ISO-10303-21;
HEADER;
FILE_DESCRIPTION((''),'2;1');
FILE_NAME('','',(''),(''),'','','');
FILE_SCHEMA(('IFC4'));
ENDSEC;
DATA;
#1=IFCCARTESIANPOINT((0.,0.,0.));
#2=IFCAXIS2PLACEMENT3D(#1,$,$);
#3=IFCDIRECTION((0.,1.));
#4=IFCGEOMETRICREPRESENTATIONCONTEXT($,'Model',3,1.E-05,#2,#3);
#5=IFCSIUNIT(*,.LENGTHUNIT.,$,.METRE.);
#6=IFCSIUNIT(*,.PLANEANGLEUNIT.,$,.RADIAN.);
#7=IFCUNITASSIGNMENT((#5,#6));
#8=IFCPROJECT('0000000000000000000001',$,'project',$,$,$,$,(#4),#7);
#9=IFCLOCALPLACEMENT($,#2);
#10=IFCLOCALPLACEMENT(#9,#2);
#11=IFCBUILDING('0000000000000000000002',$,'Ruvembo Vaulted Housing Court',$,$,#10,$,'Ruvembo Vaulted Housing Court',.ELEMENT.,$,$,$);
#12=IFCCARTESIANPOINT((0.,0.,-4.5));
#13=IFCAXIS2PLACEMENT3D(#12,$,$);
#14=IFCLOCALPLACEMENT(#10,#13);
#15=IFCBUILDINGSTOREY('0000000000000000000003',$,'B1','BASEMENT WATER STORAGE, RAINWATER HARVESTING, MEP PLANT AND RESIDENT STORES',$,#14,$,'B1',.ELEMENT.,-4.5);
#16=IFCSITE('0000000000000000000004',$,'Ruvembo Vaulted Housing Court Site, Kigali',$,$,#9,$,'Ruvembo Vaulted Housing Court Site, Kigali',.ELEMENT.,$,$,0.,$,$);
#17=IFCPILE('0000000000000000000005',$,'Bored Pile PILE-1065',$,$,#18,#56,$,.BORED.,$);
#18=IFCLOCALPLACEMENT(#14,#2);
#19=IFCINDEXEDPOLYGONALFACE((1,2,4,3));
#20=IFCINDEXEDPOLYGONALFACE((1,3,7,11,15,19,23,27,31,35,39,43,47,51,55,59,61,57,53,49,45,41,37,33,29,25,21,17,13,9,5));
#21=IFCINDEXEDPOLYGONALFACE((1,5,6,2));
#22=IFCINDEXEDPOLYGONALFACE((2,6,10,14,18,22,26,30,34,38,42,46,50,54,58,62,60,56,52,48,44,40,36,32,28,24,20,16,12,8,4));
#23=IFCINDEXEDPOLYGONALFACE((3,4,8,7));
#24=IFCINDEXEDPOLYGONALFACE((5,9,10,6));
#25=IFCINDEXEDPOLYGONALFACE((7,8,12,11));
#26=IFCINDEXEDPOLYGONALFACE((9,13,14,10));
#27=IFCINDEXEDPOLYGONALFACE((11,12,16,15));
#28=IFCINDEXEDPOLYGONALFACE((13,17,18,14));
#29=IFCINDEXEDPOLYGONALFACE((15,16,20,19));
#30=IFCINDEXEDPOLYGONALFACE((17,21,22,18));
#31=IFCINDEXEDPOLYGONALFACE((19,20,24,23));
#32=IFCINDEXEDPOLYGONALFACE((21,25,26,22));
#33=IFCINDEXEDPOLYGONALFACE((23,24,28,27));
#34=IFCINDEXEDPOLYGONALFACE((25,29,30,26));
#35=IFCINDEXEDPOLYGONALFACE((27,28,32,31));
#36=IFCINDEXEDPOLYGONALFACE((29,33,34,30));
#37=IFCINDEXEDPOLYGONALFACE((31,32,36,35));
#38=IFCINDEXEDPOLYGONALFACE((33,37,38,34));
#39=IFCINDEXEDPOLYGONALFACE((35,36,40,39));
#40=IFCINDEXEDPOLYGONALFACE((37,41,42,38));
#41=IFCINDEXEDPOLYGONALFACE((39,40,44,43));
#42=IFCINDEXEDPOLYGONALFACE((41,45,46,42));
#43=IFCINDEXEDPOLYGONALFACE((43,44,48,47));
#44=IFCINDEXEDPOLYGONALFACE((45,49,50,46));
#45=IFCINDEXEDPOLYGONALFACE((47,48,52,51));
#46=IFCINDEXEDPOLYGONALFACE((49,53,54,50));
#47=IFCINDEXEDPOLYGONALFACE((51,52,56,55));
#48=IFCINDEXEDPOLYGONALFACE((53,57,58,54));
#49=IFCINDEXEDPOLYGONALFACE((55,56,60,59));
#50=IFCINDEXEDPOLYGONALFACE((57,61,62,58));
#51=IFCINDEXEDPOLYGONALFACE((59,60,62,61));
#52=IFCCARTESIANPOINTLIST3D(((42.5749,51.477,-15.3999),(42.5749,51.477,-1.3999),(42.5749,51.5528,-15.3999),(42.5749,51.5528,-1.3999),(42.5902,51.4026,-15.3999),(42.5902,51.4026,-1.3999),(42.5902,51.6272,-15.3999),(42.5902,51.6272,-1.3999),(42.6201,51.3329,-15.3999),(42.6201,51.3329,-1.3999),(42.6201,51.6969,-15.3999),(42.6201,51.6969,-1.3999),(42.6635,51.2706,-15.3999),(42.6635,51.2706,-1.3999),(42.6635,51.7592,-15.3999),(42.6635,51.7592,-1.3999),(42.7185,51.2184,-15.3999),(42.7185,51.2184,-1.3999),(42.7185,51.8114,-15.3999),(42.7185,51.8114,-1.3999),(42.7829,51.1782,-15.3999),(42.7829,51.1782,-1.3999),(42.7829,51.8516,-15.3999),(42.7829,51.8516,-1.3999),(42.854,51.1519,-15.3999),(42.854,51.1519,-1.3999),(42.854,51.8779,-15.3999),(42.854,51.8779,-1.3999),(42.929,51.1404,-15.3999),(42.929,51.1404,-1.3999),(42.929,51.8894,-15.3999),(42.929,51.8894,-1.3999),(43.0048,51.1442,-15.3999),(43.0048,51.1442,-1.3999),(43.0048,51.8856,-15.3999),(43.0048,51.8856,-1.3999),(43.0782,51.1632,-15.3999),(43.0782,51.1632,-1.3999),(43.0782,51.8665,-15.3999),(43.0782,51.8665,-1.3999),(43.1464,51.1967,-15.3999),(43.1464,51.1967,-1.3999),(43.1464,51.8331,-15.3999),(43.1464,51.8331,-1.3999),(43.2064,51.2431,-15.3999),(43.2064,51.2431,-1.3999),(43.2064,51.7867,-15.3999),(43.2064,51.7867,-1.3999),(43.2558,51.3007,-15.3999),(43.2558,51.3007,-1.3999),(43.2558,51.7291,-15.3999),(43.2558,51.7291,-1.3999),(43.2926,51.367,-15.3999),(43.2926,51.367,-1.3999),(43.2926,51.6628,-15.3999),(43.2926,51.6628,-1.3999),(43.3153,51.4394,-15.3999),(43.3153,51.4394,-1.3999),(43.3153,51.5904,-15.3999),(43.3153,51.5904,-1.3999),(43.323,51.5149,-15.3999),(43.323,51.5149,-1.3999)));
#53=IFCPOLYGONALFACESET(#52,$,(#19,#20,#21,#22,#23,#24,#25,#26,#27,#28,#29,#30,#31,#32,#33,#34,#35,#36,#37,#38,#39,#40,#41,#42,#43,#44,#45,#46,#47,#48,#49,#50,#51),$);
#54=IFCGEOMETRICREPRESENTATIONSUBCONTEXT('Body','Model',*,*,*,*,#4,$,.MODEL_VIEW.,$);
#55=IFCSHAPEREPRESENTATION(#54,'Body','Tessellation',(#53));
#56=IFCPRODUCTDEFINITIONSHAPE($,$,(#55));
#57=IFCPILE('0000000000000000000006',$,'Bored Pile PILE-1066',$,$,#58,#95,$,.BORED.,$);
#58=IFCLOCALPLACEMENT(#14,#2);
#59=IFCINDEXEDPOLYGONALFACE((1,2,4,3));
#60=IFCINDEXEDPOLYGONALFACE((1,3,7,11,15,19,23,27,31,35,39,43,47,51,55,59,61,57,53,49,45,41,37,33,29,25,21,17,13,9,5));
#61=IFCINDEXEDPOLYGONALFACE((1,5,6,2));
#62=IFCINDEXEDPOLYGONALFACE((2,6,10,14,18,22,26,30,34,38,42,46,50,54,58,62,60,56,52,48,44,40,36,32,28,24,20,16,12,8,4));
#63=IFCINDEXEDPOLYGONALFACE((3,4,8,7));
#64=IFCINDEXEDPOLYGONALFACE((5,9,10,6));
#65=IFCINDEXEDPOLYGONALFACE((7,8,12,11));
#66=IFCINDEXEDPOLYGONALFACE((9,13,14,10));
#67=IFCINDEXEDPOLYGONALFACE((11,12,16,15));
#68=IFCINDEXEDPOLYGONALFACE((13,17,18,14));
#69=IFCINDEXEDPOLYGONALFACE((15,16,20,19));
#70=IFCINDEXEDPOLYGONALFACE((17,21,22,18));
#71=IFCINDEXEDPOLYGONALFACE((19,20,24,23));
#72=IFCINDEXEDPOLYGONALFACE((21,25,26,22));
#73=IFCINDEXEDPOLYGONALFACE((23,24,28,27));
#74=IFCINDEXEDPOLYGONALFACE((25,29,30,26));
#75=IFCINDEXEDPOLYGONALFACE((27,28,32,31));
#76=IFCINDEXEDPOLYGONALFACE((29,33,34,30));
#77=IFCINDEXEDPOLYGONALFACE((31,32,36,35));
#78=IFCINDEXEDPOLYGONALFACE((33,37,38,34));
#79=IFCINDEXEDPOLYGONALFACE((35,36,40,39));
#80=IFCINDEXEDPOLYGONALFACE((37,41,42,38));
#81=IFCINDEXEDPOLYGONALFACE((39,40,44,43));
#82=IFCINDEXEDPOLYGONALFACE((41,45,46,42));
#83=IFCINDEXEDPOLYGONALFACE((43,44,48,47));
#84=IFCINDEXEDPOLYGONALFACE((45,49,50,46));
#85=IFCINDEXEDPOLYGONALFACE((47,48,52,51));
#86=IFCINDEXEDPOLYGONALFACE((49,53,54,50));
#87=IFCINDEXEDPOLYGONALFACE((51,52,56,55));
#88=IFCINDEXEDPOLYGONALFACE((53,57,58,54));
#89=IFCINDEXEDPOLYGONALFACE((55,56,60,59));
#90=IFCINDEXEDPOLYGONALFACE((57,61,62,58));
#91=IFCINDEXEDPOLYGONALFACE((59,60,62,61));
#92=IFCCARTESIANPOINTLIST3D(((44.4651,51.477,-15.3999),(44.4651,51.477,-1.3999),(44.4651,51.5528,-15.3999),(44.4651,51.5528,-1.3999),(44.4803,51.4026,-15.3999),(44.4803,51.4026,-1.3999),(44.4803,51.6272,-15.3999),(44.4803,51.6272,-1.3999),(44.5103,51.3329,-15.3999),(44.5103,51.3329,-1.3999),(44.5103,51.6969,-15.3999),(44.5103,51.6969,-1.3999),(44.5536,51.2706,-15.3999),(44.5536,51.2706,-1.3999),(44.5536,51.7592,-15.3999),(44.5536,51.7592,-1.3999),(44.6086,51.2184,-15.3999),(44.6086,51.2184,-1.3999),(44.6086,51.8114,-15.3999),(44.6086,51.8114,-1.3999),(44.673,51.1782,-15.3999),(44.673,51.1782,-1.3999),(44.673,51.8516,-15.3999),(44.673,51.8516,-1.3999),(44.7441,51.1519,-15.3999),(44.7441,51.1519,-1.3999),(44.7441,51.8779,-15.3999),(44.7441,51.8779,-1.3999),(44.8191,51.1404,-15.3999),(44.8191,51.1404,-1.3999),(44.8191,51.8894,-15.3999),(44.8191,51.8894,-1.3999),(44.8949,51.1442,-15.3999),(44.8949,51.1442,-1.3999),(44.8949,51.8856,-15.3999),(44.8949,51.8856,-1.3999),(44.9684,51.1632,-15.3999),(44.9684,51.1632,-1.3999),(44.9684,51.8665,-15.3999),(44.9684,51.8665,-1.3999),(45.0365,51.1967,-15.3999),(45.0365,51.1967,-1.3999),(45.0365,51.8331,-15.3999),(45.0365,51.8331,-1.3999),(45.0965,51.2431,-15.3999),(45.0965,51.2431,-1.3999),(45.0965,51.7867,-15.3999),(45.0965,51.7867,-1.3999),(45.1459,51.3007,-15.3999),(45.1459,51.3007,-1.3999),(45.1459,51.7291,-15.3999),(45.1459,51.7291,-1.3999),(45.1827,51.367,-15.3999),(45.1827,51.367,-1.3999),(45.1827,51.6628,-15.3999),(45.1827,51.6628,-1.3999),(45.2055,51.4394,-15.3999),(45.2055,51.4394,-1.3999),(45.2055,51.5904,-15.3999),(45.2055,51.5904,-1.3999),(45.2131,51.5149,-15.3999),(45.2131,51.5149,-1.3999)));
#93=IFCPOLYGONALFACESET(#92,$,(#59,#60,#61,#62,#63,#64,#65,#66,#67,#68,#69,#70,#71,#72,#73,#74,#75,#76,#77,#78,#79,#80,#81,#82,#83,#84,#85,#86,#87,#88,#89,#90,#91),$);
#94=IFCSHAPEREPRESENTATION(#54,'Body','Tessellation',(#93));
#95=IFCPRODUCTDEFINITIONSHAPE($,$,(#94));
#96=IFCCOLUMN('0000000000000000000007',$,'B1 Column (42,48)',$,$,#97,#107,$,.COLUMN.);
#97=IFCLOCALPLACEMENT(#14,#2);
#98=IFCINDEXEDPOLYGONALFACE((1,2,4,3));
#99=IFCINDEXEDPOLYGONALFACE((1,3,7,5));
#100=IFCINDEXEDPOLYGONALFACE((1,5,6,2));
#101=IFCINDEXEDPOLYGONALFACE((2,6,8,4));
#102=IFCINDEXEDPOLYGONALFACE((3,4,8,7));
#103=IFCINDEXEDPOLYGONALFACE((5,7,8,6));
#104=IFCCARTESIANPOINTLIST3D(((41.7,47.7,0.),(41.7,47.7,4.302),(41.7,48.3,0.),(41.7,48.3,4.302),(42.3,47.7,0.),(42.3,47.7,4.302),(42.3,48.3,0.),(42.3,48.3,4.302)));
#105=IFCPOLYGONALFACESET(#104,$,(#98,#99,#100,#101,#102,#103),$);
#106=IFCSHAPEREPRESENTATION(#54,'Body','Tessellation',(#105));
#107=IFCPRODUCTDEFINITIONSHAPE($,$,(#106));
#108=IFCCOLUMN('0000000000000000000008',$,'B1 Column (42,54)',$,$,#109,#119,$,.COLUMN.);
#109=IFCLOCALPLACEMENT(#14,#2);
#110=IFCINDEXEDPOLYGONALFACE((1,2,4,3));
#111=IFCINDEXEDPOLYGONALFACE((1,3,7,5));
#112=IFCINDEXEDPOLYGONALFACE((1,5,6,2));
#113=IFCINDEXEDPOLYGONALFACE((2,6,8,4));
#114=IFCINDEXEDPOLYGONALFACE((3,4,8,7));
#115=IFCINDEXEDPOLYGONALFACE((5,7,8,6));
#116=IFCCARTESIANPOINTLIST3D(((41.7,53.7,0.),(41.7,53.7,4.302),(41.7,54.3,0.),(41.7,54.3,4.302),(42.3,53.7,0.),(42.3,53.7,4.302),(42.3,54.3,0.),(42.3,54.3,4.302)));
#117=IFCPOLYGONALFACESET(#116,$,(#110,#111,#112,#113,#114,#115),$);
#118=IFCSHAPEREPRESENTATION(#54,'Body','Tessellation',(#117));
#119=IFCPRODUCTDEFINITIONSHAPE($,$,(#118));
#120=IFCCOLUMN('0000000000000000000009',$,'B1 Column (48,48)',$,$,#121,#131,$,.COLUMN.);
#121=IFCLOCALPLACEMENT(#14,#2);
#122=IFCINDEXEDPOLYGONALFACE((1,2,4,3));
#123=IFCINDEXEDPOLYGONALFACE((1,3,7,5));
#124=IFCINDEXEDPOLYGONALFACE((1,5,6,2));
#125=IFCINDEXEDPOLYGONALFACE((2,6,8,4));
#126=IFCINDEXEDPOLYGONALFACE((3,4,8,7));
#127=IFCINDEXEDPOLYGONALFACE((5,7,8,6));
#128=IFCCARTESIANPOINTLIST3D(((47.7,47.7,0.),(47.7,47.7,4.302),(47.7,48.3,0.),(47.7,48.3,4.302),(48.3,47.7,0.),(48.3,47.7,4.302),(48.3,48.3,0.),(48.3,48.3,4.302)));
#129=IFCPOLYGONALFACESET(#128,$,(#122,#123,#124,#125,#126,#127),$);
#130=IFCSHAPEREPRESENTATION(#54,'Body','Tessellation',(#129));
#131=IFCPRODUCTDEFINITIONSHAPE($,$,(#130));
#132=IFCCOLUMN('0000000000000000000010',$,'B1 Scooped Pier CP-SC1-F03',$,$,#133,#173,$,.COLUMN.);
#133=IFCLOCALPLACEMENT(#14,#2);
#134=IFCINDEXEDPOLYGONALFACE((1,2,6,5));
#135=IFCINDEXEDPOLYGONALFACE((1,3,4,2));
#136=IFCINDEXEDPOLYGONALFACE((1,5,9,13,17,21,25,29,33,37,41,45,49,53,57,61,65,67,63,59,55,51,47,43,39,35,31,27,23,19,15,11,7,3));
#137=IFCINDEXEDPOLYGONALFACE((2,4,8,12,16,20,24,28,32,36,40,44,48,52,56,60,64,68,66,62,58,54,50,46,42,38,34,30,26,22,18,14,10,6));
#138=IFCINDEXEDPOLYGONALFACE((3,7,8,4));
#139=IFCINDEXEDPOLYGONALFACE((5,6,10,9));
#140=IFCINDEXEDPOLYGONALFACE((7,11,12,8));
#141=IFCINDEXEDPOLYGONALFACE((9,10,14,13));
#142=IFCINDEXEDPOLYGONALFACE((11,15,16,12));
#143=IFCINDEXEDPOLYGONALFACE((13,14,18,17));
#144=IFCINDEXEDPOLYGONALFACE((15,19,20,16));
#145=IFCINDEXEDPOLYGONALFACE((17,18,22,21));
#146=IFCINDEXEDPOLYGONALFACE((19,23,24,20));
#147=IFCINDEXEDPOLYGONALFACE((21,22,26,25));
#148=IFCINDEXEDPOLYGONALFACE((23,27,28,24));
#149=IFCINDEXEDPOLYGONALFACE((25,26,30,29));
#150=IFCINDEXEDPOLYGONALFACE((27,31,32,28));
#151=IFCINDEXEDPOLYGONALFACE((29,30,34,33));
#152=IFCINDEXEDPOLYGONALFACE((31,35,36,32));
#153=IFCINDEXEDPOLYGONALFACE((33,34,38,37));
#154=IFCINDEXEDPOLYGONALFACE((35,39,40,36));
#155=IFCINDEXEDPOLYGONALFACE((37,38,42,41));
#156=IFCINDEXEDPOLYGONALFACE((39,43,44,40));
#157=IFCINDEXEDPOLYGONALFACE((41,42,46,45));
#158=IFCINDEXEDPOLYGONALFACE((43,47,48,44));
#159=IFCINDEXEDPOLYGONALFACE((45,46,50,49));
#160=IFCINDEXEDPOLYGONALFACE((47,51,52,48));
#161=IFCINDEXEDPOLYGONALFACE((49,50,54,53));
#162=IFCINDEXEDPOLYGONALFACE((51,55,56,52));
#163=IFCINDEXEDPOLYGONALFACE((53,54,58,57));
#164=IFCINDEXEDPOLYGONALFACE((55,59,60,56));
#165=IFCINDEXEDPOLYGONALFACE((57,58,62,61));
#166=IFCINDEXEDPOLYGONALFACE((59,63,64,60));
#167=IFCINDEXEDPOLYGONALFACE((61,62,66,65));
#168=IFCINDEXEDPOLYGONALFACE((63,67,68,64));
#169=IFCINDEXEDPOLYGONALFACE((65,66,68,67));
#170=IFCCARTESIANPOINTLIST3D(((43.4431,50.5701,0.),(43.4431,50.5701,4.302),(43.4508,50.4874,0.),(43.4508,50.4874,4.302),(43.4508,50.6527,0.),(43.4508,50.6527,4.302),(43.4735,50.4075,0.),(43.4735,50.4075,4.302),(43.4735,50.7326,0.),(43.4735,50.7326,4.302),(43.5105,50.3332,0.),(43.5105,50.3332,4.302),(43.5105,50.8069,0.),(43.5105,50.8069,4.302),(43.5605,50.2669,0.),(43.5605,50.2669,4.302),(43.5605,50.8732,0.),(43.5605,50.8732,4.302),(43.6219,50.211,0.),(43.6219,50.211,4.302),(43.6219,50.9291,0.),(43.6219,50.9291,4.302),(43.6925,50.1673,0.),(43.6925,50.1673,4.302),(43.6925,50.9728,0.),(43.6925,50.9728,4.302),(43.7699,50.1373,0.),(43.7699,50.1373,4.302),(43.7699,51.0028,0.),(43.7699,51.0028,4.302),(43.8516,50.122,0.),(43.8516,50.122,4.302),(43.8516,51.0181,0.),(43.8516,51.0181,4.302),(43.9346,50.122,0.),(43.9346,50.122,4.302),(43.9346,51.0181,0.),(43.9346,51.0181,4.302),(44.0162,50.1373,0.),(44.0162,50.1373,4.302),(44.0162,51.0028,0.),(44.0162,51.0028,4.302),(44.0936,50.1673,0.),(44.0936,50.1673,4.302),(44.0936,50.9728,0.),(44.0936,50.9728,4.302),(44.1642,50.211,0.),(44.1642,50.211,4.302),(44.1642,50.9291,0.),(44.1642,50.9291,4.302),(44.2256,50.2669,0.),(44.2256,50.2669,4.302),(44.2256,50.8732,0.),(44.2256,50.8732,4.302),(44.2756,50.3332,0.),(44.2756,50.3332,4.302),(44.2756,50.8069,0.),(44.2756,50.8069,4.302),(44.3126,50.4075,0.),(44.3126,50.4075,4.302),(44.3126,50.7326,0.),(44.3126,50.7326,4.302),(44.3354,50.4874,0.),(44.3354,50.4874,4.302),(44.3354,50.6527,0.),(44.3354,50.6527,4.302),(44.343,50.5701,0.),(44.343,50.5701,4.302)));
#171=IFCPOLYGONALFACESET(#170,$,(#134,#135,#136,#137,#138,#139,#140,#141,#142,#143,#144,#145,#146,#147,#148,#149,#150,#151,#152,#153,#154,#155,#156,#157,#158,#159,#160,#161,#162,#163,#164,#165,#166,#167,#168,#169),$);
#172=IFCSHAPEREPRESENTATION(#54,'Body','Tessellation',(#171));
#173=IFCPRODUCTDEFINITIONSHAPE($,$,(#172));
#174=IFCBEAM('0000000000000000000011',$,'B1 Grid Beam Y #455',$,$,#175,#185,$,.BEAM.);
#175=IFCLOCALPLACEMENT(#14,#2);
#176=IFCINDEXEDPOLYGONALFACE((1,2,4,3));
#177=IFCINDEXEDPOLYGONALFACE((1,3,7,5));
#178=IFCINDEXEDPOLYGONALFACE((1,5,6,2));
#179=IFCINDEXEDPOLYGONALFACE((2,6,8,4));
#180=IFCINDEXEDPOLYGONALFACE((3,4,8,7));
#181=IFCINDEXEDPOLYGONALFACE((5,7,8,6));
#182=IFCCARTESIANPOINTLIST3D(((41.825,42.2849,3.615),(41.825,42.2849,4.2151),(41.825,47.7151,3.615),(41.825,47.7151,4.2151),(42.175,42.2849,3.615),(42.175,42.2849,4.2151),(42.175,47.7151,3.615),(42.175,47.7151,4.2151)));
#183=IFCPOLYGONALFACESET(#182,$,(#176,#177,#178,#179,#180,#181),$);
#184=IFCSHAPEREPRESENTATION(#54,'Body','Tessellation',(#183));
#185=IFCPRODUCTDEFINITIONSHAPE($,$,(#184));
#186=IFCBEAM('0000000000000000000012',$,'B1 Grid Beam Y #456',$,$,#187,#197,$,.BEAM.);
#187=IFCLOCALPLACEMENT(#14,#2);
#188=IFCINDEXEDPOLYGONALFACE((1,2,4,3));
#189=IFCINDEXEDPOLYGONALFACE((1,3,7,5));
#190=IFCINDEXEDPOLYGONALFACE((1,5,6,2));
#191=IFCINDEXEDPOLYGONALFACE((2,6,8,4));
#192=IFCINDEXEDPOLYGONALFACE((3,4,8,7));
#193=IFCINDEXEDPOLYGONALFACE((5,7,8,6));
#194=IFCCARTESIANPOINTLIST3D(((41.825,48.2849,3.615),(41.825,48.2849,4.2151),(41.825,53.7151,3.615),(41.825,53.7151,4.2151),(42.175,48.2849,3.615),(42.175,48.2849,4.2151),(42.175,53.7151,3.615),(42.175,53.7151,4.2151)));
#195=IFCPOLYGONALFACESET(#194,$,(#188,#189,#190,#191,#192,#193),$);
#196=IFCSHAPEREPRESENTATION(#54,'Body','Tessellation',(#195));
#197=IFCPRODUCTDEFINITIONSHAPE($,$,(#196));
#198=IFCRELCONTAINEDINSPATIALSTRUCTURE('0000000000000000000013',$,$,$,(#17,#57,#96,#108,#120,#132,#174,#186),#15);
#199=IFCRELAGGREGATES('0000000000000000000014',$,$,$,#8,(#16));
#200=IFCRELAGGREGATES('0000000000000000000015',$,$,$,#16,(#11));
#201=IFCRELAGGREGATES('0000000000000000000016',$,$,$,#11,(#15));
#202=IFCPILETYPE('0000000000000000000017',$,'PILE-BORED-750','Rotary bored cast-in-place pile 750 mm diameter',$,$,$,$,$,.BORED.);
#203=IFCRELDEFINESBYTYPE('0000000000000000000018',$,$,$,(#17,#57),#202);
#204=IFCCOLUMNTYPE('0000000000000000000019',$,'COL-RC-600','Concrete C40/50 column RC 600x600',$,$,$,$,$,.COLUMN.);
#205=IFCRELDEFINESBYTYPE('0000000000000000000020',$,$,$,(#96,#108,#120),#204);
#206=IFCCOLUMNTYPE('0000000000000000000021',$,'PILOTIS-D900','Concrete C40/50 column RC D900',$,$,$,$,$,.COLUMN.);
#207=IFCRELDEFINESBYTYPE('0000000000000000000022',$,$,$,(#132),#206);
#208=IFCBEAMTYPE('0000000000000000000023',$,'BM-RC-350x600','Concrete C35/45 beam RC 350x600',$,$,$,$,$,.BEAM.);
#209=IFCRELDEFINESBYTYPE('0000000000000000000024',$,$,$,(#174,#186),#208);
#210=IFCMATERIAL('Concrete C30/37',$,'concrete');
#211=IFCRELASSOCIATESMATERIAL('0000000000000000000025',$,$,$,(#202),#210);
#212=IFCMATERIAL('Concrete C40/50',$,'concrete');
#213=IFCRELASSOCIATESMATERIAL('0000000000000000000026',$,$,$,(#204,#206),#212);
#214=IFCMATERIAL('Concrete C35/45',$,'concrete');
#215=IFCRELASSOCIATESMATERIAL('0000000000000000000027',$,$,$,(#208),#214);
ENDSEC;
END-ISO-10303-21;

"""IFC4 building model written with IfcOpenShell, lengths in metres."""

from ifc_helpers import new_model, si_unit, direction, frame, origin, origin_2d, place, context, subcontext, project, spatial, rectangle, circle, extrude, material, material_profile, profile_set, type_object, element, save


model = new_model("IFC4")

# Units and contexts
model_context = context("Model", 3, precision=1e-05, world=origin(), true_north=direction((0.0, 1.0)))
body_context = subcontext(model_context, "Body", "Model", "MODEL_VIEW")
ifc_project = project(units=[si_unit("LENGTHUNIT", "METRE"), si_unit("PLANEANGLEUNIT", "RADIAN")], contexts=[model_context])

# Site, building, storey
site_placement = place(None, origin())
site = spatial("IfcSite", under=ifc_project, at=site_placement, Name="Ruvembo Vaulted Housing Court Site, Kigali", LongName="Ruvembo Vaulted Housing Court Site, Kigali", CompositionType="ELEMENT", RefElevation=0.0)
building_placement = place(site_placement, origin())
building = spatial("IfcBuilding", under=site, at=building_placement, Name="Ruvembo Vaulted Housing Court", LongName="Ruvembo Vaulted Housing Court", CompositionType="ELEMENT")
storey_placement = place(building_placement, frame((0.0, 0.0, -4.5)))
storey = spatial("IfcBuildingStorey", under=building, at=storey_placement, Name="B1", Description="BASEMENT WATER STORAGE, RAINWATER HARVESTING, MEP PLANT AND RESIDENT STORES", LongName="B1", CompositionType="ELEMENT", Elevation=-4.5)

# Shared definitions
ifc_material_1 = material(Name="Concrete C35/45", Category="concrete")

# Piles
ifc_material_2 = material(Name="Concrete C30/37", Category="concrete")
ifc_material_profile_1 = material_profile(ifc_material_2, circle(Radius=0.375, at=origin_2d()), Name="PILE D750")
ifc_profile_set_1 = profile_set([ifc_material_profile_1], Name="Concrete C30/37")
pile_type_1 = type_object("IfcPileType", Name="PILE-BORED-750", Description="Rotary bored cast-in-place pile 750 mm diameter", PredefinedType="BORED", material=ifc_profile_set_1)
for number, where, z_axis, x_axis, name in (
    (1, (42.948, 51.5149, -1.3999), (0.0, 0.0, -1.0), (1.0, 0.0, 0.0), "Bored Pile PILE-1065"),
    (2, (44.8381, 51.5149, -1.3999), (0.0, 0.0, -1.0), (1.0, 0.0, 0.0), "Bored Pile PILE-1066"),
):
    element("IfcPile", number, at=place(storey_placement, frame(where, z_axis=z_axis, x_axis=x_axis)), inside=storey, type_object=pile_type_1, Name=name, PredefinedType="BORED", context=body_context, shape_type="SweptSolid", body=[
        extrude(circle(Radius=0.375, at=origin_2d()), origin(), (0.0, 0.0, 1.0), 14.0),
    ])

# Columns
ifc_material_3 = material(Name="Concrete C40/50", Category="concrete")
ifc_material_profile_2 = material_profile(ifc_material_3, rectangle(XDim=0.6001, YDim=0.6001, at=origin_2d()), Name="RC 600x600")
ifc_profile_set_2 = profile_set([ifc_material_profile_2], Name="Concrete C40/50")
column_type_1 = type_object("IfcColumnType", Name="COL-RC-600", Description="Concrete C40/50 column RC 600x600", PredefinedType="COLUMN", material=ifc_profile_set_2)
for number, where, z_axis, x_axis, name in (
    (3, (42.0, 48.0, 0.0), (0.0, 0.0, 1.0), (1.0, 0.0, 0.0), "B1 Column (42,48)"),
    (4, (42.0, 54.0, 0.0), (0.0, 0.0, 1.0), (1.0, 0.0, 0.0), "B1 Column (42,54)"),
    (5, (48.0, 48.0, 0.0), (0.0, 0.0, 1.0), (1.0, 0.0, 0.0), "B1 Column (48,48)"),
):
    element("IfcColumn", number, at=place(storey_placement, frame(where, z_axis=z_axis, x_axis=x_axis)), inside=storey, type_object=column_type_1, Name=name, PredefinedType="COLUMN", context=body_context, shape_type="SweptSolid", body=[
        extrude(rectangle(XDim=0.6001, YDim=0.6001, at=origin_2d()), origin(), (0.0, 0.0, 1.0), 4.302),
    ])
ifc_material_profile_3 = material_profile(ifc_material_3, circle(Radius=0.45, at=origin_2d()), Name="RC D900")
ifc_profile_set_3 = profile_set([ifc_material_profile_3], Name="Concrete C40/50")
column_type_2 = type_object("IfcColumnType", Name="PILOTIS-D900", Description="Concrete C40/50 column RC D900", PredefinedType="COLUMN", material=ifc_profile_set_3)
column_placement = place(storey_placement, frame((43.8931, 50.5701, 0.0), z_axis=(0.0, 0.0, 1.0), x_axis=(1.0, 0.0, 0.0)))
element("IfcColumn", 6, at=column_placement, inside=storey, type_object=column_type_2, Name="B1 Scooped Pier CP-SC1-F03", PredefinedType="COLUMN", context=body_context, shape_type="SweptSolid", body=[
    extrude(circle(Radius=0.45, at=origin_2d()), origin(), (0.0, 0.0, 1.0), 4.302),
])

# Beams
ifc_material_profile_4 = material_profile(ifc_material_1, rectangle(XDim=0.3501, YDim=0.6001, at=origin_2d()), Name="RC 350x600")
ifc_profile_set_4 = profile_set([ifc_material_profile_4], Name="Concrete C35/45")
beam_type_1 = type_object("IfcBeamType", Name="BM-RC-350x600", Description="Concrete C35/45 beam RC 350x600", PredefinedType="BEAM", material=ifc_profile_set_4)
for number, where, z_axis, x_axis, name in (
    (7, (42.0, 42.2849, 3.915), (0.0, 1.0, 0.0), (-1.0, 0.0, 0.0), "B1 Grid Beam Y #455"),
    (8, (42.0, 48.2849, 3.915), (0.0, 1.0, 0.0), (-1.0, 0.0, 0.0), "B1 Grid Beam Y #456"),
):
    element("IfcBeam", number, at=place(storey_placement, frame(where, z_axis=z_axis, x_axis=x_axis)), inside=storey, type_object=beam_type_1, Name=name, PredefinedType="BEAM", context=body_context, shape_type="SweptSolid", body=[
        extrude(rectangle(XDim=0.3501, YDim=0.6001, at=origin_2d()), origin(), (0.0, 0.0, 1.0), 5.4302),
    ])

save(model, "model.ifc")
